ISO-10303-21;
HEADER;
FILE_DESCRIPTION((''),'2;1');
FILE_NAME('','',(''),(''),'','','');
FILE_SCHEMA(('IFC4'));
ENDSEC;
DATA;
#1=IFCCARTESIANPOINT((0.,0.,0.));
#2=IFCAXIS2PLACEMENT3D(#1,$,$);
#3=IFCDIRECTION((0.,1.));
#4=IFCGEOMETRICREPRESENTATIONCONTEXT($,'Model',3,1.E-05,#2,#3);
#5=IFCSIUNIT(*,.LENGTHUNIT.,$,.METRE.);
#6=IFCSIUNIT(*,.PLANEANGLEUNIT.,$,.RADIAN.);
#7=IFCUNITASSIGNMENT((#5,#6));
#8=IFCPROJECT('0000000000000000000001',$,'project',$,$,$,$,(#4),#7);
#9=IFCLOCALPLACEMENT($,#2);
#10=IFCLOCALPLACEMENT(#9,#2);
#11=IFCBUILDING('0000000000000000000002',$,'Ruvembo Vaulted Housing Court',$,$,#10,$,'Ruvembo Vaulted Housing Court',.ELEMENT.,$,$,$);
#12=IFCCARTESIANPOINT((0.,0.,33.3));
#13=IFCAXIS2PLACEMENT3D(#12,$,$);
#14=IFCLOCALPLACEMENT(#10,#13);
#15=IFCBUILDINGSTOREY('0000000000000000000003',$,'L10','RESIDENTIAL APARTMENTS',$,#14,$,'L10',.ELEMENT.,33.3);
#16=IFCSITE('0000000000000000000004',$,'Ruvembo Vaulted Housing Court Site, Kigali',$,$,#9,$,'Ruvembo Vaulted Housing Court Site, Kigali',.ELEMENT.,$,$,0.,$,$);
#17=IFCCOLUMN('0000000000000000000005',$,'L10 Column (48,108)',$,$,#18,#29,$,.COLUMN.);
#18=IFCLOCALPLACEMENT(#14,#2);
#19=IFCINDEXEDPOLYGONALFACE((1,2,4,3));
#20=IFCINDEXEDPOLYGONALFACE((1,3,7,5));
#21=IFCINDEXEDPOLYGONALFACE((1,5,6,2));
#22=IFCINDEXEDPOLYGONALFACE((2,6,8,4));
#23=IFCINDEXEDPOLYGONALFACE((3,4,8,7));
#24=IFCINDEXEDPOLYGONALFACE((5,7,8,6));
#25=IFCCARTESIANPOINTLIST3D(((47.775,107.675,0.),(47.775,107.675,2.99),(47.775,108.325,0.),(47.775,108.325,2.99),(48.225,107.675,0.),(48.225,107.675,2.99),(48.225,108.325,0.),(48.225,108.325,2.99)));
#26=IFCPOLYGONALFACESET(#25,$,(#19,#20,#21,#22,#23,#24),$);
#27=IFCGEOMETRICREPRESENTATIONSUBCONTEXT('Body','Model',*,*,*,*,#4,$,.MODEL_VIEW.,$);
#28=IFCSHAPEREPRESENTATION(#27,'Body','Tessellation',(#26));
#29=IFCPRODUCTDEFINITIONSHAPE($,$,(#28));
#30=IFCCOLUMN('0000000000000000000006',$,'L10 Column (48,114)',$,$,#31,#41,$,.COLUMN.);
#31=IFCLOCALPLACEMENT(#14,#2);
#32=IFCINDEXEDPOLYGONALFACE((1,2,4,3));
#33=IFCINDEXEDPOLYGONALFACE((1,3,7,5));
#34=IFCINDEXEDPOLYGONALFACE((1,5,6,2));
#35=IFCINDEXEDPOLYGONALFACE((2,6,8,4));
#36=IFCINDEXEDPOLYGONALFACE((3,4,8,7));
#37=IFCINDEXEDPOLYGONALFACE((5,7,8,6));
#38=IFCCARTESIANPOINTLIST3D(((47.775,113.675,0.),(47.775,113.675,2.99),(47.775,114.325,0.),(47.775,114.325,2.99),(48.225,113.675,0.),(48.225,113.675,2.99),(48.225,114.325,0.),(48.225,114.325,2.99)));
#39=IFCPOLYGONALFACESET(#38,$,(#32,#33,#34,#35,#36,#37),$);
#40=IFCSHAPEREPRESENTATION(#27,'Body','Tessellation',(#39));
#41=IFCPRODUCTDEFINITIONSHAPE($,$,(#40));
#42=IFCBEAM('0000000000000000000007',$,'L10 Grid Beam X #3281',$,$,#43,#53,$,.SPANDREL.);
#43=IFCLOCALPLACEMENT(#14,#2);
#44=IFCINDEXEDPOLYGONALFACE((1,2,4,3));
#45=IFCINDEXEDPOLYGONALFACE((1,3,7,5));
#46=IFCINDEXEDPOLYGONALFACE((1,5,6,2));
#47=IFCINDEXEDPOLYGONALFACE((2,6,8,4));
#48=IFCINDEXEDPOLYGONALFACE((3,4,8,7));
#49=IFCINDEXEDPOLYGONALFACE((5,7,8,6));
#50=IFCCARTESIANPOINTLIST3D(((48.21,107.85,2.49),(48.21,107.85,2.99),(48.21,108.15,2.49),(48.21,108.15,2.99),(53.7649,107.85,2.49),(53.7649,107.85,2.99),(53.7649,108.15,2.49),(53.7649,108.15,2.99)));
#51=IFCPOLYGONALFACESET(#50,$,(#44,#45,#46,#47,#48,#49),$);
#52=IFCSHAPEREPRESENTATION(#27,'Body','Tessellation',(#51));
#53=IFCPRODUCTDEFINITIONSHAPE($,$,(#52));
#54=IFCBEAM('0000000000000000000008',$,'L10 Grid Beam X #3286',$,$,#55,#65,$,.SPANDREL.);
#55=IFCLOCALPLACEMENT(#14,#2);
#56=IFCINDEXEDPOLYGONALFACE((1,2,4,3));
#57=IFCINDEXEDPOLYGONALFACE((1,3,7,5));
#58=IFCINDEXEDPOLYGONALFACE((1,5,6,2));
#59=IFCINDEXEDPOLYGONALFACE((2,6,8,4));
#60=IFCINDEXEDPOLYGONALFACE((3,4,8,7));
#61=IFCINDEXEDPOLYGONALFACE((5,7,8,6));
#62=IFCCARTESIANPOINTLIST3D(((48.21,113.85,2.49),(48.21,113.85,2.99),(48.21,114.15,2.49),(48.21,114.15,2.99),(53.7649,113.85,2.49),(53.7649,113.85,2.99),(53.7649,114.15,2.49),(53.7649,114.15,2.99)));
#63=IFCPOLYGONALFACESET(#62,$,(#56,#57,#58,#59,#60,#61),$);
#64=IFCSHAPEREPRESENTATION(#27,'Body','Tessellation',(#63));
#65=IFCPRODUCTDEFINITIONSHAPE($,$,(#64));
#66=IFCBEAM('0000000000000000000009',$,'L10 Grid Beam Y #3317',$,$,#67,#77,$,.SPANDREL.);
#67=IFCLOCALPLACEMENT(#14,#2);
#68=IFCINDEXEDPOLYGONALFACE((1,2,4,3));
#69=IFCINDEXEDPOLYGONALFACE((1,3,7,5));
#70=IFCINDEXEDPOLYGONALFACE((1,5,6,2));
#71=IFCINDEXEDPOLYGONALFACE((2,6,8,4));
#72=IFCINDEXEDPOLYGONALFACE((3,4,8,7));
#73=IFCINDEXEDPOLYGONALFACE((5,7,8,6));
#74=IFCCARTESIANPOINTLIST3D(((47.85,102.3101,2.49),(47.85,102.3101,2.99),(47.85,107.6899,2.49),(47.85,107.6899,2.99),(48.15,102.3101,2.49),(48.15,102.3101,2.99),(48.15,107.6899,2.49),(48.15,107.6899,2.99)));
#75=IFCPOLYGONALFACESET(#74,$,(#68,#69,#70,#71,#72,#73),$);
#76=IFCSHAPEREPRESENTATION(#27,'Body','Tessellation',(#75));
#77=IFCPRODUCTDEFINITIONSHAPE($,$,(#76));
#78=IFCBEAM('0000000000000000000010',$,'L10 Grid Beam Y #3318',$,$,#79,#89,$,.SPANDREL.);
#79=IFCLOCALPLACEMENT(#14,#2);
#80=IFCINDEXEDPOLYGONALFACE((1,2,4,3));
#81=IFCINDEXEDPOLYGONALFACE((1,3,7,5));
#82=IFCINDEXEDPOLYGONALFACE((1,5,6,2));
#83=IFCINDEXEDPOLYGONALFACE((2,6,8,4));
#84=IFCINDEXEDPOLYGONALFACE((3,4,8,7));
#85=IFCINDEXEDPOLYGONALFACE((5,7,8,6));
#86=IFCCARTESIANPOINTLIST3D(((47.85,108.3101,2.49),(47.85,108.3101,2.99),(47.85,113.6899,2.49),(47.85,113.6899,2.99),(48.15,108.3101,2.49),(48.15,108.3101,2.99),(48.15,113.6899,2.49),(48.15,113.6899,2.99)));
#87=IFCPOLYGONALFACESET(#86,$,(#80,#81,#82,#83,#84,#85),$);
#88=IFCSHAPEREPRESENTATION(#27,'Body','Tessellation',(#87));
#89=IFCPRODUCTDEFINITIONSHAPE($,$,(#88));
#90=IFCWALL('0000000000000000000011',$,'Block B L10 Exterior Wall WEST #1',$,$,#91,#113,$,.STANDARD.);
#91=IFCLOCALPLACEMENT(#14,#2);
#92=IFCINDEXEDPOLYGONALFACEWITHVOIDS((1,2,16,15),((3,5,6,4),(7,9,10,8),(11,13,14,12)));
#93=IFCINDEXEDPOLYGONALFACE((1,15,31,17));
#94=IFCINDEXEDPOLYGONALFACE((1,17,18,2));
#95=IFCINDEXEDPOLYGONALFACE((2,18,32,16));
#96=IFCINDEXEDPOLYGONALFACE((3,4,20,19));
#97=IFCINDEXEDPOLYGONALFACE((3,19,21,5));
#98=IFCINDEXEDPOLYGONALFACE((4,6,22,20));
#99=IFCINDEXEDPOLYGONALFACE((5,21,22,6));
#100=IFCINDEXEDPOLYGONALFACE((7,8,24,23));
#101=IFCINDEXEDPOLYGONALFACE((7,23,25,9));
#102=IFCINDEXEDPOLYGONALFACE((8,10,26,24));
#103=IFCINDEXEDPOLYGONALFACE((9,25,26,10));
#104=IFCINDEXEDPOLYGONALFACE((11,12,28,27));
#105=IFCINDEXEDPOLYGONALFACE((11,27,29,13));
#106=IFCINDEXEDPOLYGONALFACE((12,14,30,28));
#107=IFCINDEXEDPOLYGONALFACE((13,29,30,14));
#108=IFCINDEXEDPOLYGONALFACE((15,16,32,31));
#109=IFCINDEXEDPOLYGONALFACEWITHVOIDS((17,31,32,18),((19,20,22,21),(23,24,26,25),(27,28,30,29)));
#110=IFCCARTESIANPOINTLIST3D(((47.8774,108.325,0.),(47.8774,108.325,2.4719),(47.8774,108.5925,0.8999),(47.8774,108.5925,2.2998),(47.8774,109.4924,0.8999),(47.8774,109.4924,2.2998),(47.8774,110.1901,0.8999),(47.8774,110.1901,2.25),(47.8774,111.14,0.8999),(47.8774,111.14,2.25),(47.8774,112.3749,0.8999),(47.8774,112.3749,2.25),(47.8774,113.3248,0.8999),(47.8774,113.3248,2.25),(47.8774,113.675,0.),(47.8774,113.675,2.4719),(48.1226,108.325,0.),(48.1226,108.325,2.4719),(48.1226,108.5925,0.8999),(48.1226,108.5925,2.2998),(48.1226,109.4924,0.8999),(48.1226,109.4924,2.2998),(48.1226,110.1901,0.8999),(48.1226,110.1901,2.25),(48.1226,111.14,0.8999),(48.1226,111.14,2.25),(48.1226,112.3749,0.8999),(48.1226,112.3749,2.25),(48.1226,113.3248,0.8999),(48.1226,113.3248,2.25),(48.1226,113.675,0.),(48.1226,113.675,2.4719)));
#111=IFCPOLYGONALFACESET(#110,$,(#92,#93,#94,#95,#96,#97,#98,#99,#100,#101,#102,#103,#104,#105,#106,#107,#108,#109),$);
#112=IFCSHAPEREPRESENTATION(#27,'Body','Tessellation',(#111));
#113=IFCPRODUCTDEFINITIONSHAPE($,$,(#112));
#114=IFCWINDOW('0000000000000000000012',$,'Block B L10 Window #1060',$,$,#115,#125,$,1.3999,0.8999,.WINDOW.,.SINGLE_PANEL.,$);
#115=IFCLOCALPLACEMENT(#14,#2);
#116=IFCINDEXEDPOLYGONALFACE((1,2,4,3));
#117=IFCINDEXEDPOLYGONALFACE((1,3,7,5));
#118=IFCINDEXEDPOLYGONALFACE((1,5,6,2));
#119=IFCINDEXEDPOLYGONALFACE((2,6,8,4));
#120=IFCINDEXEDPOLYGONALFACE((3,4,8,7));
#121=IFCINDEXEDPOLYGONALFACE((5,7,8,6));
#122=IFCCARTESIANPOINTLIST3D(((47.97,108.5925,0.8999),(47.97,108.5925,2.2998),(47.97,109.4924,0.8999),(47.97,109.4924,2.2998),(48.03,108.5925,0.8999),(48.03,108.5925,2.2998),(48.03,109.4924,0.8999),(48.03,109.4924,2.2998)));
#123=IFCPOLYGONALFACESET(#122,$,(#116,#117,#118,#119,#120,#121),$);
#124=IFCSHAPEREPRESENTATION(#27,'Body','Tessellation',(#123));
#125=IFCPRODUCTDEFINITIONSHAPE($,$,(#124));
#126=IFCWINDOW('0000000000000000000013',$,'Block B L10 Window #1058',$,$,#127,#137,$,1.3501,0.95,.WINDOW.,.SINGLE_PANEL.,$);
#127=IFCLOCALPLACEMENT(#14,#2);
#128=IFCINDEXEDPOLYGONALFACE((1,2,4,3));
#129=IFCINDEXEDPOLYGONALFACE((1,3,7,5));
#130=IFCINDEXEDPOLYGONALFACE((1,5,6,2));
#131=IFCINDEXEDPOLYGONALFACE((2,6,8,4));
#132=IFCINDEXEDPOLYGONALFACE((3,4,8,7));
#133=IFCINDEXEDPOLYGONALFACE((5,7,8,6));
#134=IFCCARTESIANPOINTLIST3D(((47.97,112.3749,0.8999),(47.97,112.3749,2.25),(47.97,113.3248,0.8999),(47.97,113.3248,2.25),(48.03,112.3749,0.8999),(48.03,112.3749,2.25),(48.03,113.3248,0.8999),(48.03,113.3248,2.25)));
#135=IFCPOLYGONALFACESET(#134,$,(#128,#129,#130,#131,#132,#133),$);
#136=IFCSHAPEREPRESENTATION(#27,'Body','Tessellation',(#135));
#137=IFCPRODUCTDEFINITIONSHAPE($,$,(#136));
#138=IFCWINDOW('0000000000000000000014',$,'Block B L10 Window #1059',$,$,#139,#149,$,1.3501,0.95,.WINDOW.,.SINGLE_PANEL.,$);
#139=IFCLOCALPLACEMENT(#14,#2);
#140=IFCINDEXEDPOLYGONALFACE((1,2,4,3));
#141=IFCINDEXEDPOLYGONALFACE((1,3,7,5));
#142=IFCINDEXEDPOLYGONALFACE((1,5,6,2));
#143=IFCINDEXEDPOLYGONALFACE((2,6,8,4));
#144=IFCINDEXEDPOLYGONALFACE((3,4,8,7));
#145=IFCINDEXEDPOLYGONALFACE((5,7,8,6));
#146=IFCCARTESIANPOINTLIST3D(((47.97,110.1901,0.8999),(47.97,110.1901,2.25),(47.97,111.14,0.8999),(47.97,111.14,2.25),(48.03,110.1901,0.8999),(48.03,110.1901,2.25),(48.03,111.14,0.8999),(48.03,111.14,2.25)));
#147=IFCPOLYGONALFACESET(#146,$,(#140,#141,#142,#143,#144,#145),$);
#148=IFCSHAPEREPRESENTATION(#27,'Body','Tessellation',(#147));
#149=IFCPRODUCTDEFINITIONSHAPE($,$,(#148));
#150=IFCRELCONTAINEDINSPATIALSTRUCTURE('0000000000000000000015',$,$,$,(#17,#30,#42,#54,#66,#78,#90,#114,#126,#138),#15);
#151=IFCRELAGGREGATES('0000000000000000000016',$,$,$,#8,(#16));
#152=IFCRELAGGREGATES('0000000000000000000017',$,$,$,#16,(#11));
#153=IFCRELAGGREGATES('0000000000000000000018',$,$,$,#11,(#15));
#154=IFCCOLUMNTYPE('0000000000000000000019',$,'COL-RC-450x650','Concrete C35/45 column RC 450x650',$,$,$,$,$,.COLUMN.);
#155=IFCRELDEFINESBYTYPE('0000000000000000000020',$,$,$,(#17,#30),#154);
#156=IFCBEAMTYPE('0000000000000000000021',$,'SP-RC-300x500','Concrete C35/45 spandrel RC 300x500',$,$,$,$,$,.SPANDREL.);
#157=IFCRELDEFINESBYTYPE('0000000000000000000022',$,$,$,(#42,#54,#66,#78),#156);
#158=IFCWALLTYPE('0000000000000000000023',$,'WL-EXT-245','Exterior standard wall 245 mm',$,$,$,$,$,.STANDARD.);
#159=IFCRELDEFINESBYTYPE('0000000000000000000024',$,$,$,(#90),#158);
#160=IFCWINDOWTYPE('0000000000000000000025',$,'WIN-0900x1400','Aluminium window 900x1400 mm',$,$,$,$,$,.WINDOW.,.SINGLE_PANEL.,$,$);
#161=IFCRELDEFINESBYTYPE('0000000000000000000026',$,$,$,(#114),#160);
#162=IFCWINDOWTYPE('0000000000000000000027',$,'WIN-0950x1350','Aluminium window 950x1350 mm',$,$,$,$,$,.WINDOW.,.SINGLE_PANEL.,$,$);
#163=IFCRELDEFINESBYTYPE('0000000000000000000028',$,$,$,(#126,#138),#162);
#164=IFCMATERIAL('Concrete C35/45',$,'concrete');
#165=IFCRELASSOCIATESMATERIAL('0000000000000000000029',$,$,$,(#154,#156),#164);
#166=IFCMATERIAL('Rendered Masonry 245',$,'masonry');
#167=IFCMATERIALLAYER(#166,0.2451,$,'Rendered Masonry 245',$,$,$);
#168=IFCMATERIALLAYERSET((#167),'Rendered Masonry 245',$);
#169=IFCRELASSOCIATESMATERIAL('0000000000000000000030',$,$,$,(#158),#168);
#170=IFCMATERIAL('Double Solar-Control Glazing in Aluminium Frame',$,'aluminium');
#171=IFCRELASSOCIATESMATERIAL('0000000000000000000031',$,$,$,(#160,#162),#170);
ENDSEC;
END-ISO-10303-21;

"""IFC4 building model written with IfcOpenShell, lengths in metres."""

from ifc_helpers import new_model, si_unit, direction, frame, frame_2d, origin, origin_2d, place, context, subcontext, project, spatial, rectangle, extrude, material, layer, layer_set, material_profile, profile_set, type_object, element, fill, save


model = new_model("IFC4")

# Units and contexts
model_context = context("Model", 3, precision=1e-05, world=origin(), true_north=direction((0.0, 1.0)))
body_context = subcontext(model_context, "Body", "Model", "MODEL_VIEW")
ifc_project = project(units=[si_unit("LENGTHUNIT", "METRE"), si_unit("PLANEANGLEUNIT", "RADIAN")], contexts=[model_context])

# Site, building, storey
site_placement = place(None, origin())
site = spatial("IfcSite", under=ifc_project, at=site_placement, Name="Ruvembo Vaulted Housing Court Site, Kigali", LongName="Ruvembo Vaulted Housing Court Site, Kigali", CompositionType="ELEMENT", RefElevation=0.0)
building_placement = place(site_placement, origin())
building = spatial("IfcBuilding", under=site, at=building_placement, Name="Ruvembo Vaulted Housing Court", LongName="Ruvembo Vaulted Housing Court", CompositionType="ELEMENT")
storey_placement = place(building_placement, frame((0.0, 0.0, 33.3)))
storey = spatial("IfcBuildingStorey", under=building, at=storey_placement, Name="L10", Description="RESIDENTIAL APARTMENTS", LongName="L10", CompositionType="ELEMENT", Elevation=33.3)

# Columns
ifc_material_1 = material(Name="Concrete C35/45", Category="concrete")
ifc_material_profile_1 = material_profile(ifc_material_1, rectangle(XDim=0.45, YDim=0.6499, at=origin_2d()), Name="RC 450x650")
ifc_profile_set_1 = profile_set([ifc_material_profile_1], Name="Concrete C35/45")
column_type = type_object("IfcColumnType", Name="COL-RC-450x650", Description="Concrete C35/45 column RC 450x650", PredefinedType="COLUMN", material=ifc_profile_set_1)
for number, where, z_axis, x_axis, name in (
    (1, (48.0, 108.0, 0.0), (0.0, 0.0, 1.0), (1.0, 0.0, 0.0), "L10 Column (48,108)"),
    (2, (48.0, 114.0, 0.0), (0.0, 0.0, 1.0), (1.0, 0.0, 0.0), "L10 Column (48,114)"),
):
    element("IfcColumn", number, at=place(storey_placement, frame(where, z_axis=z_axis, x_axis=x_axis)), inside=storey, type_object=column_type, Name=name, PredefinedType="COLUMN", context=body_context, shape_type="SweptSolid", body=[
        extrude(rectangle(XDim=0.45, YDim=0.6499, at=origin_2d()), origin(), (0.0, 0.0, 1.0), 2.99),
    ])

# Beams
ifc_material_profile_2 = material_profile(ifc_material_1, rectangle(XDim=0.3, YDim=0.5, at=origin_2d()), Name="RC 300x500")
ifc_profile_set_2 = profile_set([ifc_material_profile_2], Name="Concrete C35/45")
beam_type = type_object("IfcBeamType", Name="SP-RC-300x500", Description="Concrete C35/45 spandrel RC 300x500", PredefinedType="SPANDREL", material=ifc_profile_set_2)
for number, where, z_axis, x_axis, name in (
    (3, (48.21, 108.0, 2.74), (1.0, 0.0, 0.0), (0.0, 1.0, 0.0), "L10 Grid Beam X #3281"),
    (4, (48.21, 114.0, 2.74), (1.0, 0.0, 0.0), (0.0, 1.0, 0.0), "L10 Grid Beam X #3286"),
):
    element("IfcBeam", number, at=place(storey_placement, frame(where, z_axis=z_axis, x_axis=x_axis)), inside=storey, type_object=beam_type, Name=name, PredefinedType="SPANDREL", context=body_context, shape_type="SweptSolid", body=[
        extrude(rectangle(XDim=0.3, YDim=0.5, at=origin_2d()), origin(), (0.0, 0.0, 1.0), 5.5549),
    ])
for number, where, z_axis, x_axis, name in (
    (5, (48.0, 102.3101, 2.74), (0.0, 1.0, 0.0), (-1.0, 0.0, 0.0), "L10 Grid Beam Y #3317"),
    (6, (48.0, 108.3101, 2.74), (0.0, 1.0, 0.0), (-1.0, 0.0, 0.0), "L10 Grid Beam Y #3318"),
):
    element("IfcBeam", number, at=place(storey_placement, frame(where, z_axis=z_axis, x_axis=x_axis)), inside=storey, type_object=beam_type, Name=name, PredefinedType="SPANDREL", context=body_context, shape_type="SweptSolid", body=[
        extrude(rectangle(XDim=0.3, YDim=0.5, at=origin_2d()), origin(), (0.0, 0.0, 1.0), 5.3799),
    ])

# Wall, openings, windows
ifc_material_2 = material(Name="Rendered Masonry 245", Category="masonry")
ifc_layer_1 = layer(ifc_material_2, 0.2451, Name="Rendered Masonry 245")
ifc_layer_set_1 = layer_set([ifc_layer_1], Name="Rendered Masonry 245")
wall_type_1 = type_object("IfcWallType", Name="WL-EXT-245", Description="Exterior standard wall 245 mm", PredefinedType="STANDARD", material=ifc_layer_set_1)
wall_1_placement = place(storey_placement, frame((48.0, 113.675, 0.0), z_axis=(0.0, 0.0, 1.0), x_axis=(0.0, -1.0, 0.0)))
wall_1 = element("IfcWall", 7, at=wall_1_placement, inside=storey, type_object=wall_type_1, Name="Block B L10 Exterior Wall WEST #1", PredefinedType="STANDARD", context=body_context, shape_type="SweptSolid", body=[
    extrude(rectangle(XDim=5.3501, YDim=0.2451, at=frame_2d((2.675, 0.0))), origin(), (0.0, 0.0, 1.0), 2.4719),
])
opening_1_placement = place(wall_1_placement, frame((0.3501, 0.0, 0.8999)))
opening_1 = element("IfcOpeningElement", 8, at=opening_1_placement, cuts=wall_1, PredefinedType="OPENING", context=body_context, shape_type="SweptSolid", body=[
    extrude(rectangle(XDim=0.95, YDim=1.3501, at=frame_2d((0.4751, 0.675))), frame((0.0, 0.1326, 0.0), z_axis=(0.0, -1.0, 0.0), x_axis=(1.0, 0.0, 0.0)), (0.0, 0.0, 1.0), 0.2651),
])
opening_2_placement = place(wall_1_placement, frame((2.5349, 0.0, 0.8999)))
opening_2 = element("IfcOpeningElement", 9, at=opening_2_placement, cuts=wall_1, PredefinedType="OPENING", context=body_context, shape_type="SweptSolid", body=[
    extrude(rectangle(XDim=0.95, YDim=1.3501, at=frame_2d((0.4751, 0.675))), frame((0.0, 0.1326, 0.0), z_axis=(0.0, -1.0, 0.0), x_axis=(1.0, 0.0, 0.0)), (0.0, 0.0, 1.0), 0.2651),
])
opening_3_placement = place(wall_1_placement, frame((4.1826, 0.0, 0.8999)))
opening_3 = element("IfcOpeningElement", 10, at=opening_3_placement, cuts=wall_1, PredefinedType="OPENING", context=body_context, shape_type="SweptSolid", body=[
    extrude(rectangle(XDim=0.8999, YDim=1.3999, at=frame_2d((0.45, 0.7))), frame((0.0, 0.1326, 0.0), z_axis=(0.0, -1.0, 0.0), x_axis=(1.0, 0.0, 0.0)), (0.0, 0.0, 1.0), 0.2651),
])
ifc_material_3 = material(Name="Double Solar-Control Glazing in Aluminium Frame", Category="aluminium")
window_type_1 = type_object("IfcWindowType", Name="WIN-0900x1400", Description="Aluminium window 900x1400 mm", PartitioningType="SINGLE_PANEL", PredefinedType="WINDOW", material=ifc_material_3)
window_1_placement = place(opening_3_placement, origin())
window_1 = element("IfcWindow", 11, at=window_1_placement, inside=storey, type_object=window_type_1, Name="Block B L10 Window #1060", OverallHeight=1.3999, OverallWidth=0.8999, PartitioningType="SINGLE_PANEL", PredefinedType="WINDOW", context=body_context, shape_type="SweptSolid", body=[
    extrude(rectangle(XDim=0.8999, YDim=1.3999, at=frame_2d((0.45, 0.7))), frame((0.0, 0.03, 0.0), z_axis=(0.0, -1.0, 0.0), x_axis=(1.0, 0.0, 0.0)), (0.0, 0.0, 1.0), 0.0601),
])
fill(opening_3, window_1)
window_type_2 = type_object("IfcWindowType", Name="WIN-0950x1350", Description="Aluminium window 950x1350 mm", PartitioningType="SINGLE_PANEL", PredefinedType="WINDOW", material=ifc_material_3)
window_2_placement = place(opening_1_placement, origin())
window_2 = element("IfcWindow", 12, at=window_2_placement, inside=storey, type_object=window_type_2, Name="Block B L10 Window #1058", OverallHeight=1.3501, OverallWidth=0.95, PartitioningType="SINGLE_PANEL", PredefinedType="WINDOW", context=body_context, shape_type="SweptSolid", body=[
    extrude(rectangle(XDim=0.95, YDim=1.3501, at=frame_2d((0.4751, 0.675))), frame((0.0, 0.03, 0.0), z_axis=(0.0, -1.0, 0.0), x_axis=(1.0, 0.0, 0.0)), (0.0, 0.0, 1.0), 0.0601),
])
fill(opening_1, window_2)
window_3_placement = place(opening_2_placement, origin())
window_3 = element("IfcWindow", 13, at=window_3_placement, inside=storey, type_object=window_type_2, Name="Block B L10 Window #1059", OverallHeight=1.3501, OverallWidth=0.95, PartitioningType="SINGLE_PANEL", PredefinedType="WINDOW", context=body_context, shape_type="SweptSolid", body=[
    extrude(rectangle(XDim=0.95, YDim=1.3501, at=frame_2d((0.4751, 0.675))), frame((0.0, 0.03, 0.0), z_axis=(0.0, -1.0, 0.0), x_axis=(1.0, 0.0, 0.0)), (0.0, 0.0, 1.0), 0.0601),
])
fill(opening_2, window_3)

save(model, "model.ifc")
